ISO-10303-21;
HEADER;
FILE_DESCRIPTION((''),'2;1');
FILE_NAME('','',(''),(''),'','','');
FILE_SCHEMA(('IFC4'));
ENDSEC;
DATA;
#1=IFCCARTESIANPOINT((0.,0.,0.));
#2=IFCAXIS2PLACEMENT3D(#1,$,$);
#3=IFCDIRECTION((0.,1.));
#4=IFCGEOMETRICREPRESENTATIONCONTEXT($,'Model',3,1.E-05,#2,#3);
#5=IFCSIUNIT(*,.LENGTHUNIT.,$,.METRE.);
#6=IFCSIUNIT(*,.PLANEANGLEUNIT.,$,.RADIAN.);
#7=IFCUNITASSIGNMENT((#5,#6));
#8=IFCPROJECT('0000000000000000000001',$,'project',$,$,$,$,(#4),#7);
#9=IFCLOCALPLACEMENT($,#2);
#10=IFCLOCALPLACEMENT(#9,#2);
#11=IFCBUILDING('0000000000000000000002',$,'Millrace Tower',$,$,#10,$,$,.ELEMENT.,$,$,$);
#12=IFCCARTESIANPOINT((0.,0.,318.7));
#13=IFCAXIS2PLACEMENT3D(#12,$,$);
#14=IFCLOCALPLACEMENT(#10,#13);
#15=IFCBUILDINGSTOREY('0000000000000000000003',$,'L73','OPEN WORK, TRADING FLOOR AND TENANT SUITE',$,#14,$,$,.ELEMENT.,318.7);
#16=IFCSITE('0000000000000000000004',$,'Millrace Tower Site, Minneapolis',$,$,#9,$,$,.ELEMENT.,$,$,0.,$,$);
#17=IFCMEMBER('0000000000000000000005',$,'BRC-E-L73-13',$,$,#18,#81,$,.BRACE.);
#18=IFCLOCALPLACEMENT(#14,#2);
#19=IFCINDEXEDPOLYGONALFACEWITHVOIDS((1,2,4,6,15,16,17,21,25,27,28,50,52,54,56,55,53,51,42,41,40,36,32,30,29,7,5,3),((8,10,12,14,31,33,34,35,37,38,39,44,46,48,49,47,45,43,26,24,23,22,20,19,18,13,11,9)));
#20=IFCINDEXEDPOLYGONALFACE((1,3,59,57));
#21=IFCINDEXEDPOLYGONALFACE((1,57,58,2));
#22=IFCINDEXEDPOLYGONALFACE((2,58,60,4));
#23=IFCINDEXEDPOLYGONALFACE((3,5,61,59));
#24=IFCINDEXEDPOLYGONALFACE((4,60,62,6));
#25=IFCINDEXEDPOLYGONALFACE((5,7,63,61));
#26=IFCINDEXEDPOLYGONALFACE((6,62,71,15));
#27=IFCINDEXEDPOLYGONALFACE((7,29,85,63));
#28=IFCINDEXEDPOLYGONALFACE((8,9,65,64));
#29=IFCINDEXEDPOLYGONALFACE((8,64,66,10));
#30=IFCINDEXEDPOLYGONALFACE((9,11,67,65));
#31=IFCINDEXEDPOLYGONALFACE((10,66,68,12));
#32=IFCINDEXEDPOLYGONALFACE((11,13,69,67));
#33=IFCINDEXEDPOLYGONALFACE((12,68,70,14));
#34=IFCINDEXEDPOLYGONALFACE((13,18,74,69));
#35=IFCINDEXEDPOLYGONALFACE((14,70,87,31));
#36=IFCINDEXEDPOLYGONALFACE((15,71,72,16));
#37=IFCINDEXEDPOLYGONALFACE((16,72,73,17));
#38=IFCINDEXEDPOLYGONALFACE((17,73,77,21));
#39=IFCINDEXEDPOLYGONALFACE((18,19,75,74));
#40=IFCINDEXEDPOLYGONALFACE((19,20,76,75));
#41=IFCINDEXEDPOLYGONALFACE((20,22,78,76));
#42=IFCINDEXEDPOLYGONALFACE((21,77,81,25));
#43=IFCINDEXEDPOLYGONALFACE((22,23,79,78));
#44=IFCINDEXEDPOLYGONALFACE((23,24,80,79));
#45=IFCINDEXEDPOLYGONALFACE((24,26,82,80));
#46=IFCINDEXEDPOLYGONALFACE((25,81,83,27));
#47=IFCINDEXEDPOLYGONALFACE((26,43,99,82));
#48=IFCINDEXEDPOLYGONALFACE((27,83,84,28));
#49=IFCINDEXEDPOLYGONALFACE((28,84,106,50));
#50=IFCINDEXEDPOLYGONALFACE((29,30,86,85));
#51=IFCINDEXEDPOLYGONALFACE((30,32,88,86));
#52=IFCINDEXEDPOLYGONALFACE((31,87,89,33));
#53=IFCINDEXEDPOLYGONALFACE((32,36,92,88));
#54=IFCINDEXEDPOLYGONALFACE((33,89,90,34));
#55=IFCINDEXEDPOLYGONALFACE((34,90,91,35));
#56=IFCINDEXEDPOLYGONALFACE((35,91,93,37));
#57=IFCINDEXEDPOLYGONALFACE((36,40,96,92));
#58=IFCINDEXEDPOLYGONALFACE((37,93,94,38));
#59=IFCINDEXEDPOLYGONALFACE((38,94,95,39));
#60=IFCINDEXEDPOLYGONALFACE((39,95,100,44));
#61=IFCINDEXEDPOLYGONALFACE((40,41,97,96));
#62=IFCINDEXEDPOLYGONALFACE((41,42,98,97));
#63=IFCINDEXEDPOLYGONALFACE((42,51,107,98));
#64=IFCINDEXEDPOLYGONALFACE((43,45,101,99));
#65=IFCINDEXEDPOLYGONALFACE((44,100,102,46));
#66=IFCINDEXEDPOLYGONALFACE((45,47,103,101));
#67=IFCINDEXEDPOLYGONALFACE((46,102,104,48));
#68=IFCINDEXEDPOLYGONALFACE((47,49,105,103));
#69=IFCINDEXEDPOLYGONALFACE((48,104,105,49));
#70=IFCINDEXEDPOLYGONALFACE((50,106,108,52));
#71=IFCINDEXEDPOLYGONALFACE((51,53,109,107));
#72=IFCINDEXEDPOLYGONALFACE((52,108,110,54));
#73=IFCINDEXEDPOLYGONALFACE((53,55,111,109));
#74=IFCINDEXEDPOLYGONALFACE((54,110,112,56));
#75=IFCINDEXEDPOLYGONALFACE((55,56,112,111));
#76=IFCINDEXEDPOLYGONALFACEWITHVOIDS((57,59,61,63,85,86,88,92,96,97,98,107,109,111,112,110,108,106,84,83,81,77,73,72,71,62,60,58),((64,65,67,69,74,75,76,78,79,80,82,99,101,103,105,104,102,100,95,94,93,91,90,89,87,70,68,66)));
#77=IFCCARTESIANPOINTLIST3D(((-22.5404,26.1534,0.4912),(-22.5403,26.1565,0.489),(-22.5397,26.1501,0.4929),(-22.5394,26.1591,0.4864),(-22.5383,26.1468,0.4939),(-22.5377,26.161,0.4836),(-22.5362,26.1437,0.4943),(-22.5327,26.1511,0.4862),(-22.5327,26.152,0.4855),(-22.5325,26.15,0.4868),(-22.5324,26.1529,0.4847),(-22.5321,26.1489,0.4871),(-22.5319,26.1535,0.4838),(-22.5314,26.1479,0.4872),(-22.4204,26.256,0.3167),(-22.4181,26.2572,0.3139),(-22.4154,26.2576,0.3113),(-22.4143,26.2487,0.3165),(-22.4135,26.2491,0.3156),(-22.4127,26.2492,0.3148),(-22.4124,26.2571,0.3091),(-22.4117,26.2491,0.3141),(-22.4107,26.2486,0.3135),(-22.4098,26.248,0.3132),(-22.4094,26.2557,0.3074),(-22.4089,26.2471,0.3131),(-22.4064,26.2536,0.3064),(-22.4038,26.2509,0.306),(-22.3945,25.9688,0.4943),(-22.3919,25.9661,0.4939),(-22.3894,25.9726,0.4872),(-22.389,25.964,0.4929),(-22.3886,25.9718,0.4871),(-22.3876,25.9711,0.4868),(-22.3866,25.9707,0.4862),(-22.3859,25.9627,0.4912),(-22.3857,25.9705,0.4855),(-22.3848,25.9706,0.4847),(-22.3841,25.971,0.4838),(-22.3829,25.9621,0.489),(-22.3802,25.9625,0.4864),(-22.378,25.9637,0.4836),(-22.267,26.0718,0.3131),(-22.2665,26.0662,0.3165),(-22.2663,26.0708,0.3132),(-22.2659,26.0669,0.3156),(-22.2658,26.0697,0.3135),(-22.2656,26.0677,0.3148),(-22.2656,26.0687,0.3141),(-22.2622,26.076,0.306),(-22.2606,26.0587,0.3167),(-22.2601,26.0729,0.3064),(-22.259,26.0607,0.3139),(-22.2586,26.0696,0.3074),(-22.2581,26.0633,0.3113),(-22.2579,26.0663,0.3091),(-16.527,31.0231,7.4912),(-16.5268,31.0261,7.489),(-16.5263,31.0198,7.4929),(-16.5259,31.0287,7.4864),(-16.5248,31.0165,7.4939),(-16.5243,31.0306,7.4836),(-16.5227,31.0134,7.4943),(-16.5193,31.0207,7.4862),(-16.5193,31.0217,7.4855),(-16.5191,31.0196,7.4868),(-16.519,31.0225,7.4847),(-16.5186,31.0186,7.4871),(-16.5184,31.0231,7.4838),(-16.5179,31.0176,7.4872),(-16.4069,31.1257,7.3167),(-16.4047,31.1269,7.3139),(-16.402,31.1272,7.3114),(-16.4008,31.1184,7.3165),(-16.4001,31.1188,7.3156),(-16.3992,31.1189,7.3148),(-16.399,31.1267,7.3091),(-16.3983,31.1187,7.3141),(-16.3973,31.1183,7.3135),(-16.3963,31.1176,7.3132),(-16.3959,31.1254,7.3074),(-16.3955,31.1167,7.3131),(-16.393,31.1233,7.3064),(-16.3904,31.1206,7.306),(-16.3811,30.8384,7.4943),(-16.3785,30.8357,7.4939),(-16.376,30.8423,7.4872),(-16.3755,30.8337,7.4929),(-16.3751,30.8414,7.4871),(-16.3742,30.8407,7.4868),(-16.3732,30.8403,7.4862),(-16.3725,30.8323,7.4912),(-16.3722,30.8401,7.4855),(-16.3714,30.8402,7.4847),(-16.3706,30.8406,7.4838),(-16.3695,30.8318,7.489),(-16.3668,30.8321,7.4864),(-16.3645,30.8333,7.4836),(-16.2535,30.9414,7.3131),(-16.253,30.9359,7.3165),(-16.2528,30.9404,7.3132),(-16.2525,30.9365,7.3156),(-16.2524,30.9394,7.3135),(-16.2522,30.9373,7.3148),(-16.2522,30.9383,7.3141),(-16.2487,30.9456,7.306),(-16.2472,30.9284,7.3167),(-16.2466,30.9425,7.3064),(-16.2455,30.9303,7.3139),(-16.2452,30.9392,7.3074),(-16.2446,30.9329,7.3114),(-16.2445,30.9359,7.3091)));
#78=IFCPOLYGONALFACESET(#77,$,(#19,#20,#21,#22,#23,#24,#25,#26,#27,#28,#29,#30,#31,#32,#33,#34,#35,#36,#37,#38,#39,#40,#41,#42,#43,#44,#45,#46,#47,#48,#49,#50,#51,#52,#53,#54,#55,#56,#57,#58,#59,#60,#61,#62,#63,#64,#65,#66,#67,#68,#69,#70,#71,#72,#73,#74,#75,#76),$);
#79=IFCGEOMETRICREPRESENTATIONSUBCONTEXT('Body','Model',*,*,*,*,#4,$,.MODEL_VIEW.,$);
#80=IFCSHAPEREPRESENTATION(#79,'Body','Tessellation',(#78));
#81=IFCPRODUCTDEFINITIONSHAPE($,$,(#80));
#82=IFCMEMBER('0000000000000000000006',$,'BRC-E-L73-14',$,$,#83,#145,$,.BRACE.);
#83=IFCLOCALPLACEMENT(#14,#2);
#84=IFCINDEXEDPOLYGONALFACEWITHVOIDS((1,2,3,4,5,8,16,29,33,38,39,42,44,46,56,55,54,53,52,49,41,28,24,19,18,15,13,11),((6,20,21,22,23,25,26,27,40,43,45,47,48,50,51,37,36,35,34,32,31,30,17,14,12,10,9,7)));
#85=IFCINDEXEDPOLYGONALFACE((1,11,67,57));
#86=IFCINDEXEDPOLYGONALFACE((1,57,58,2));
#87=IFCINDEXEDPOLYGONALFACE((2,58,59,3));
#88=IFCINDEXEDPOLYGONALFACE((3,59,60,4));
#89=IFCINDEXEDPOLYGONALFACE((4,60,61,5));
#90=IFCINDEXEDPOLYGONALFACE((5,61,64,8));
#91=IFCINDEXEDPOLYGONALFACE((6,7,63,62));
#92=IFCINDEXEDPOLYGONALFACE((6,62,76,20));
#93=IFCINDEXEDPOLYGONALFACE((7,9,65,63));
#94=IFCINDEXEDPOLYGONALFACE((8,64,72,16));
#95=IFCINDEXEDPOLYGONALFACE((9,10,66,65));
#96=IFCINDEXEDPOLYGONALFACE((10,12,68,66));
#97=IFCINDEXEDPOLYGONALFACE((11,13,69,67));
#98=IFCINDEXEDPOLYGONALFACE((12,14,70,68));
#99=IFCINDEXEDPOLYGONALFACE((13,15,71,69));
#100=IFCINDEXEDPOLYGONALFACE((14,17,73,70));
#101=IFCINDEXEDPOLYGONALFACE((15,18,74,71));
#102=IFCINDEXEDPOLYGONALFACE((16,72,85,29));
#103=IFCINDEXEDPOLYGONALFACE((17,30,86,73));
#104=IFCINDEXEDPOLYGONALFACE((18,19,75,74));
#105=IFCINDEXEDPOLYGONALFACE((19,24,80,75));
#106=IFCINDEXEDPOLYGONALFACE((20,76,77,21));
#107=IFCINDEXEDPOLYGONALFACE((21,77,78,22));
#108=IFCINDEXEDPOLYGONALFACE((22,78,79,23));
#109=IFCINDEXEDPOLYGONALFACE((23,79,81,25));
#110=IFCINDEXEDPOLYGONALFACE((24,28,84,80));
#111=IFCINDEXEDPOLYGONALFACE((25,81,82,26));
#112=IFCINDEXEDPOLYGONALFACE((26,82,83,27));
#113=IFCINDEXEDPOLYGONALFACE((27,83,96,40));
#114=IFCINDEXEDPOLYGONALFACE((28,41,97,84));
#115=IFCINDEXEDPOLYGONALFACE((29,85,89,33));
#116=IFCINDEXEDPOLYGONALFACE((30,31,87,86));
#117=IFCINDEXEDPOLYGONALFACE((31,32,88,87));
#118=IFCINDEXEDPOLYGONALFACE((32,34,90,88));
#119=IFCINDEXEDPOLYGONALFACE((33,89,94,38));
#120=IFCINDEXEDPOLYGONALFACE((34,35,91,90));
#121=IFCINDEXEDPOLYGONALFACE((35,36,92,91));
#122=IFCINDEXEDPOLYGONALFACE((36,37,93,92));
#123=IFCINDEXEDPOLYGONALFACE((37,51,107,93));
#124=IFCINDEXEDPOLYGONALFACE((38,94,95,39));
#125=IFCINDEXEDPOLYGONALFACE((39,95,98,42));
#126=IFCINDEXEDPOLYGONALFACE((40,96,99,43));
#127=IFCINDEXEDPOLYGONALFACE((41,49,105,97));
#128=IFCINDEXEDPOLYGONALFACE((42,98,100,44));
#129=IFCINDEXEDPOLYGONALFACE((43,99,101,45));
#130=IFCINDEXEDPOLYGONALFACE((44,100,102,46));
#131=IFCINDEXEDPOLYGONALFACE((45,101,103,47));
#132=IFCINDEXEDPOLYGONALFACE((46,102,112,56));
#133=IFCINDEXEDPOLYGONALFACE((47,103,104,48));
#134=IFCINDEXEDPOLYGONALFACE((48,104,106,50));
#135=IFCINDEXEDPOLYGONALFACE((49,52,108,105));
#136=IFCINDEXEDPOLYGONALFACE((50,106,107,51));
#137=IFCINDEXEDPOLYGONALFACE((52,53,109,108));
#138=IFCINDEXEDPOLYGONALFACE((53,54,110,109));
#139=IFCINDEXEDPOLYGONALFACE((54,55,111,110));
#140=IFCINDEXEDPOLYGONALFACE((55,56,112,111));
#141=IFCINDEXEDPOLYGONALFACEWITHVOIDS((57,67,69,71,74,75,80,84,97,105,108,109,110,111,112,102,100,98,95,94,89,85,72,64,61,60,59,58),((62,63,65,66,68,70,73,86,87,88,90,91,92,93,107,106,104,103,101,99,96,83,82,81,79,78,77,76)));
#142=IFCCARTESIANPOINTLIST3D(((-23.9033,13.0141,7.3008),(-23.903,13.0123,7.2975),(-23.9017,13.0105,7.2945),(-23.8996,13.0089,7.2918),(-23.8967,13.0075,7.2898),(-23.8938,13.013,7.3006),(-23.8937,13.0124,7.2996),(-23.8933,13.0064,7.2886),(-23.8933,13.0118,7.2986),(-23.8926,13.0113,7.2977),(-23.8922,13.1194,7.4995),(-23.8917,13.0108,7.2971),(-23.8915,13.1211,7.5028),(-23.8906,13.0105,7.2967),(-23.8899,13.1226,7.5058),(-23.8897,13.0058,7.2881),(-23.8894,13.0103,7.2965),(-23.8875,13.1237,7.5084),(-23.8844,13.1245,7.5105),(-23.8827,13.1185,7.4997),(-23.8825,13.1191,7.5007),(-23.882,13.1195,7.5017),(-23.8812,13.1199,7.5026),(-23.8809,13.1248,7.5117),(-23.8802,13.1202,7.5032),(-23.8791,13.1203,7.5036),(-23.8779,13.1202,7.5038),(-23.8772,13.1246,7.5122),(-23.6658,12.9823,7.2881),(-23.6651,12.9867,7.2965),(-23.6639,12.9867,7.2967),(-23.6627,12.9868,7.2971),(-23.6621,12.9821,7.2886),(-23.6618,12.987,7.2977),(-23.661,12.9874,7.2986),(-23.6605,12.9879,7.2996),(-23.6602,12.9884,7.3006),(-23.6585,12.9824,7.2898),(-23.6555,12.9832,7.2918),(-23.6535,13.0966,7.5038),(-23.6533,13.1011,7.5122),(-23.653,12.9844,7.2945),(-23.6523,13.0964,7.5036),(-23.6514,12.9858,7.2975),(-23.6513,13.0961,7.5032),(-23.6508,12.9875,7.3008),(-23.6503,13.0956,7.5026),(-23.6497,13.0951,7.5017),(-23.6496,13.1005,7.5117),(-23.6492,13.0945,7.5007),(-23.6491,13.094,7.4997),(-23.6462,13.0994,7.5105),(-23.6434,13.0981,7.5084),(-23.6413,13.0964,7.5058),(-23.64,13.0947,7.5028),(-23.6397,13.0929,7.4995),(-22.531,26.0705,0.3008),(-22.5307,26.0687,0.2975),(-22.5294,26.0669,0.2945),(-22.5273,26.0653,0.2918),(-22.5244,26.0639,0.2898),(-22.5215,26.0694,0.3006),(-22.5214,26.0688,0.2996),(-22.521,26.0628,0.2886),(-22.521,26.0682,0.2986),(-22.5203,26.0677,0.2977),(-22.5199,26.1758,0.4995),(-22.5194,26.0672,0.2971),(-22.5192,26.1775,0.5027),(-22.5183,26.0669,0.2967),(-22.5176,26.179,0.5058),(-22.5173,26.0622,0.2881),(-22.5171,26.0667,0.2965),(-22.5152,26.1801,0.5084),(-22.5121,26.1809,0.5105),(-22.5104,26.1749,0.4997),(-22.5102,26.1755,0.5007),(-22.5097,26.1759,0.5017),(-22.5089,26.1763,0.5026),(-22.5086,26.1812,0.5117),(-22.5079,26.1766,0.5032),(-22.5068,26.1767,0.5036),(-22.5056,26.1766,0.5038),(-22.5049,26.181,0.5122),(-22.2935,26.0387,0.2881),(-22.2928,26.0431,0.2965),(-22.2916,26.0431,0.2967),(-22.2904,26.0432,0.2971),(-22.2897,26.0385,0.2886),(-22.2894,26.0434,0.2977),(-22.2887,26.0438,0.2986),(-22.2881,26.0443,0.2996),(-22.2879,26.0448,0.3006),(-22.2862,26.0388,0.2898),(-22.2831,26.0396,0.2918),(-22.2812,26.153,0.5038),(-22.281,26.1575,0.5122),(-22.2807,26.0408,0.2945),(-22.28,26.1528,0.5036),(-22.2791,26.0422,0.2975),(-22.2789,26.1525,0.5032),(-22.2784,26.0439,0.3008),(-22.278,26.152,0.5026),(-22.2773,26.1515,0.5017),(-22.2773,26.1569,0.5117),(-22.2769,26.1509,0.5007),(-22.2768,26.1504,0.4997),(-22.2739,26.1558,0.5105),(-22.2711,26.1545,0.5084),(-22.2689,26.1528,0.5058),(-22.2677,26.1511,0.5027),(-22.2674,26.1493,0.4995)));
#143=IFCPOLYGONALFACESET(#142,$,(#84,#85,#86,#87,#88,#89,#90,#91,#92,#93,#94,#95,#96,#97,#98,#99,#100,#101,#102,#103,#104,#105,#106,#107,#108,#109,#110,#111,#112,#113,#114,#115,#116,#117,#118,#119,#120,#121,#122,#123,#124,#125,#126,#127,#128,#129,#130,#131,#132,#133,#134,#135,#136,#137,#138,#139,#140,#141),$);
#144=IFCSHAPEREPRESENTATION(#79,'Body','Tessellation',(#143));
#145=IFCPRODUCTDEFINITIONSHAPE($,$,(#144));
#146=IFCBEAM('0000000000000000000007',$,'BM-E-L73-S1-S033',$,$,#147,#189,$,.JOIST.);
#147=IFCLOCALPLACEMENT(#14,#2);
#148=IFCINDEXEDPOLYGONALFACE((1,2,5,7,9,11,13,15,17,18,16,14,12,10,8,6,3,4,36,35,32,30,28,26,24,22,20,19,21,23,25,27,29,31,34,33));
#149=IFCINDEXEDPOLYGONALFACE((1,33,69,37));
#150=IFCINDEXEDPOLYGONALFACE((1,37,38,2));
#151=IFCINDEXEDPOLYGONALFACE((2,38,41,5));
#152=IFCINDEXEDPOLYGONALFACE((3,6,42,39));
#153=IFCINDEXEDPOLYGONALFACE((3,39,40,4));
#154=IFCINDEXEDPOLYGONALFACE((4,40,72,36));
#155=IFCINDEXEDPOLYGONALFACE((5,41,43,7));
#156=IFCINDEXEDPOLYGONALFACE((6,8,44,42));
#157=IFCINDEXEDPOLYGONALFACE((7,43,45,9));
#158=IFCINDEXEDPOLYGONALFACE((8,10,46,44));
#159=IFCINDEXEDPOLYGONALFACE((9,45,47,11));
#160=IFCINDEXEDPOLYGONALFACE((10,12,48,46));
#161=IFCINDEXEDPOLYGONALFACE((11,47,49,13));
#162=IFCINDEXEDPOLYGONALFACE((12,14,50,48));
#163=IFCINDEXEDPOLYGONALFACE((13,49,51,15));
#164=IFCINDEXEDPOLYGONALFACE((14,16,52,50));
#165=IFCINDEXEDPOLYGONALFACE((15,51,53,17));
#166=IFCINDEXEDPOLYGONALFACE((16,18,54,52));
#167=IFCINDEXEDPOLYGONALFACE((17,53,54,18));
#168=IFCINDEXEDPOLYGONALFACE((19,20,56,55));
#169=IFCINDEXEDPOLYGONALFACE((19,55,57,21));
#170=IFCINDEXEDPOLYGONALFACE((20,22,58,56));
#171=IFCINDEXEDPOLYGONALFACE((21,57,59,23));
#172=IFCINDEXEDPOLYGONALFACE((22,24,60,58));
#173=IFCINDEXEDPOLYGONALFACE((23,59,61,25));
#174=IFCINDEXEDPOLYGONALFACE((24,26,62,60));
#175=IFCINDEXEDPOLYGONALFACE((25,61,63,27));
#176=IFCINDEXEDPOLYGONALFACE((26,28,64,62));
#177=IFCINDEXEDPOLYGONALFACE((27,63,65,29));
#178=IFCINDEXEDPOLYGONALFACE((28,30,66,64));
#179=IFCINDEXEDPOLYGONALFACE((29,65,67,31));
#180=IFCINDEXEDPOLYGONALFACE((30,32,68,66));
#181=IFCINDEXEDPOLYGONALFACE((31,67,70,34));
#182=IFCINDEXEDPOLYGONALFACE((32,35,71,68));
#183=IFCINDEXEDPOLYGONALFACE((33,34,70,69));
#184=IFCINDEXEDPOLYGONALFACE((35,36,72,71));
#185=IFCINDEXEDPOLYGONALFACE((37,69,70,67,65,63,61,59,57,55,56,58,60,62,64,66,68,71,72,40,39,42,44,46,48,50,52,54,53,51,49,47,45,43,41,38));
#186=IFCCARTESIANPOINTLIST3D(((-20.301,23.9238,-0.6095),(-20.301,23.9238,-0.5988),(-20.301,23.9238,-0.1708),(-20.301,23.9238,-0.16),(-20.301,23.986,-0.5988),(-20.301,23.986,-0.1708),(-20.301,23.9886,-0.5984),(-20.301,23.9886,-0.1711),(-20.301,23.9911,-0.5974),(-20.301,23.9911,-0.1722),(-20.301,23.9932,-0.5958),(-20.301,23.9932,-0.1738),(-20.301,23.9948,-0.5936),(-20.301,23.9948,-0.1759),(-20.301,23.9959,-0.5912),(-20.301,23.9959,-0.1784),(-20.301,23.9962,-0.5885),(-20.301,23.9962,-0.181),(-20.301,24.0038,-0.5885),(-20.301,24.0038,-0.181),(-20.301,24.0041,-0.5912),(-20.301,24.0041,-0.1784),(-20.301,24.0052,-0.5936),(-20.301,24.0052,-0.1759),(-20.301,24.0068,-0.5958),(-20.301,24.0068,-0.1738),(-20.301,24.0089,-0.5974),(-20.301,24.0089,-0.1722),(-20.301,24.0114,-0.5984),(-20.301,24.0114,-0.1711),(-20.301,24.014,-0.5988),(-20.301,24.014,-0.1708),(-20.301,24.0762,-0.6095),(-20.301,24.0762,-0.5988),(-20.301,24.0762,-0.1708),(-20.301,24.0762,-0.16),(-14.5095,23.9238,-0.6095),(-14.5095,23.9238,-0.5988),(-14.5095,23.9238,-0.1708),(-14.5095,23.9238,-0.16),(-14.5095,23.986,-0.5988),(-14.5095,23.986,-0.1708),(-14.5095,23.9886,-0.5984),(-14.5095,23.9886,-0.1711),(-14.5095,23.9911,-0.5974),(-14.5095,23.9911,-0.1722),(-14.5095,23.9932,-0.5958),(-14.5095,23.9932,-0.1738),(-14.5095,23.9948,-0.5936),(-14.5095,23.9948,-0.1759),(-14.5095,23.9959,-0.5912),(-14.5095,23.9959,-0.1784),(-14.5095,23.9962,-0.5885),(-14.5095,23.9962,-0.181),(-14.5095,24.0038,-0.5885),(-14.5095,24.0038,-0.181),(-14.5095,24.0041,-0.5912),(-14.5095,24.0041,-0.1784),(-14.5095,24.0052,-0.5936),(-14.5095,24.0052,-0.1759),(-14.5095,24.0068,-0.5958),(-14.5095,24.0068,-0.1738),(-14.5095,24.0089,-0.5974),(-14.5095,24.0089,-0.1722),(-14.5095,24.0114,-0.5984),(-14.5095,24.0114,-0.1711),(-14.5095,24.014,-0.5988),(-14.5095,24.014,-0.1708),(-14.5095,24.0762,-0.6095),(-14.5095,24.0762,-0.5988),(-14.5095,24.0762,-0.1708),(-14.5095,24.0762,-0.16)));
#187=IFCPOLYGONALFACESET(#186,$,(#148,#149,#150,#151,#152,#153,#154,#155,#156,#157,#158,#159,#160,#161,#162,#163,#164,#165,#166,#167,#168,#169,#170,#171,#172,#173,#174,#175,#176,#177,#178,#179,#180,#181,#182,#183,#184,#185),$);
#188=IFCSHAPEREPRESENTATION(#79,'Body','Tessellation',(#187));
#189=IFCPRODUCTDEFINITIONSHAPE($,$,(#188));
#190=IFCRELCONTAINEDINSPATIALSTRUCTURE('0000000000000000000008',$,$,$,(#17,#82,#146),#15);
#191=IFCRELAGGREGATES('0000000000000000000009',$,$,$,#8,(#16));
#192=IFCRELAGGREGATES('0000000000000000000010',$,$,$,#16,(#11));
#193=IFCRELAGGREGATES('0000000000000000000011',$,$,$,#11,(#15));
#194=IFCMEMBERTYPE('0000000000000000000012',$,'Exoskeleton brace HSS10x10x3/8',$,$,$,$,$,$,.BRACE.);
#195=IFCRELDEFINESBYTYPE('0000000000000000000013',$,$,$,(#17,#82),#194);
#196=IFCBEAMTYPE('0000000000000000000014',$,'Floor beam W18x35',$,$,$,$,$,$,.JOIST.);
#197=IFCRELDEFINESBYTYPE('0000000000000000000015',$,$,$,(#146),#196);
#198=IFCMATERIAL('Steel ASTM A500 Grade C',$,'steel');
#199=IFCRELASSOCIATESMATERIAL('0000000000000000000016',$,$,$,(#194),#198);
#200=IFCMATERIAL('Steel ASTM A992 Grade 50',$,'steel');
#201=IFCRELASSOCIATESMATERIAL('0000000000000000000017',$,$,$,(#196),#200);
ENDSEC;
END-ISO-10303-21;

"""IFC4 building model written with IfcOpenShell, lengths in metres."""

from ifc_helpers import new_model, si_unit, direction, frame, origin, origin_2d, place, context, subcontext, project, spatial, hollow_rectangle, i_section, extrude, material, material_profile, profile_set, type_object, element, save


model = new_model("IFC4")

# Units and contexts
model_context = context("Model", 3, precision=1e-05, world=origin(), true_north=direction((0.0, 1.0)))
body_context = subcontext(model_context, "Body", "Model", "MODEL_VIEW")
ifc_project = project(units=[si_unit("LENGTHUNIT", "METRE"), si_unit("PLANEANGLEUNIT", "RADIAN")], contexts=[model_context])

# Site, building, storey
site_placement = place(None, origin())
site = spatial("IfcSite", under=ifc_project, at=site_placement, Name="Millrace Tower Site, Minneapolis", CompositionType="ELEMENT", RefElevation=0.0)
building_placement = place(site_placement, origin())
building = spatial("IfcBuilding", under=site, at=building_placement, Name="Millrace Tower", CompositionType="ELEMENT")
storey_placement = place(building_placement, frame((0.0, 0.0, 318.7)))
storey = spatial("IfcBuildingStorey", under=building, at=storey_placement, Name="L73", Description="OPEN WORK, TRADING FLOOR AND TENANT SUITE", CompositionType="ELEMENT", Elevation=318.7)

# Members
ifc_material_1 = material(Name="Steel ASTM A500 Grade C", Category="steel")
ifc_material_profile_1 = material_profile(ifc_material_1, hollow_rectangle(XDim=0.2539, YDim=0.2539, WallThickness=0.0095, InnerFilletRadius=0.0046, OuterFilletRadius=0.0144, at=origin_2d()))
ifc_profile_set_1 = profile_set([ifc_material_profile_1], Name="Steel ASTM A500 Grade C")
member_type_1 = type_object("IfcMemberType", Name="Exoskeleton brace HSS10x10x3/8", PredefinedType="BRACE", material=ifc_profile_set_1)
member_1_placement = place(storey_placement, frame((-22.3992, 26.1099, 0.4001), z_axis=(0.576314, 0.466694, 0.670864), x_axis=(-0.629324, 0.777143, 0.0)))
element("IfcMember", 1, at=member_1_placement, inside=storey, type_object=member_type_1, Name="BRC-E-L73-13", PredefinedType="BRACE", context=body_context, shape_type="SweptSolid", body=[
    extrude(hollow_rectangle(XDim=0.2539, YDim=0.2539, WallThickness=0.0095, InnerFilletRadius=0.0046, OuterFilletRadius=0.0144, at=origin_2d()), origin(), (0.0, 0.0, 1.0), 10.4343),
])
member_2_placement = place(storey_placement, frame((-22.3992, 26.1099, 0.4001), z_axis=(-0.092238, -0.877568, 0.470496), x_axis=(0.994522, -0.104531, 0.0)))
element("IfcMember", 2, at=member_2_placement, inside=storey, type_object=member_type_1, Name="BRC-E-L73-14", PredefinedType="BRACE", context=body_context, shape_type="SweptSolid", body=[
    extrude(hollow_rectangle(XDim=0.2539, YDim=0.2539, WallThickness=0.0095, InnerFilletRadius=0.0046, OuterFilletRadius=0.0144, at=origin_2d()), origin(), (0.0, 0.0, 1.0), 14.8779),
])

# Beam
ifc_material_2 = material(Name="Steel ASTM A992 Grade 50", Category="steel")
ifc_material_profile_2 = material_profile(ifc_material_2, i_section(OverallWidth=0.1523, OverallDepth=0.4495, WebThickness=0.0076, FlangeThickness=0.0107, FilletRadius=0.0103, at=origin_2d()))
ifc_profile_set_2 = profile_set([ifc_material_profile_2], Name="Steel ASTM A992 Grade 50")
beam_type_1 = type_object("IfcBeamType", Name="Floor beam W18x35", PredefinedType="JOIST", material=ifc_profile_set_2)
beam_1_placement = place(storey_placement, frame((-20.301, 24.0, -0.3848), z_axis=(1.0, 0.0, 0.0), x_axis=(0.0, 1.0, 0.0)))
element("IfcBeam", 3, at=beam_1_placement, inside=storey, type_object=beam_type_1, Name="BM-E-L73-S1-S033", PredefinedType="JOIST", context=body_context, shape_type="SweptSolid", body=[
    extrude(i_section(OverallWidth=0.1523, OverallDepth=0.4495, WebThickness=0.0076, FlangeThickness=0.0107, FilletRadius=0.0103, at=origin_2d()), origin(), (0.0, 0.0, 1.0), 5.7915),
])

save(model, "model.ifc")
